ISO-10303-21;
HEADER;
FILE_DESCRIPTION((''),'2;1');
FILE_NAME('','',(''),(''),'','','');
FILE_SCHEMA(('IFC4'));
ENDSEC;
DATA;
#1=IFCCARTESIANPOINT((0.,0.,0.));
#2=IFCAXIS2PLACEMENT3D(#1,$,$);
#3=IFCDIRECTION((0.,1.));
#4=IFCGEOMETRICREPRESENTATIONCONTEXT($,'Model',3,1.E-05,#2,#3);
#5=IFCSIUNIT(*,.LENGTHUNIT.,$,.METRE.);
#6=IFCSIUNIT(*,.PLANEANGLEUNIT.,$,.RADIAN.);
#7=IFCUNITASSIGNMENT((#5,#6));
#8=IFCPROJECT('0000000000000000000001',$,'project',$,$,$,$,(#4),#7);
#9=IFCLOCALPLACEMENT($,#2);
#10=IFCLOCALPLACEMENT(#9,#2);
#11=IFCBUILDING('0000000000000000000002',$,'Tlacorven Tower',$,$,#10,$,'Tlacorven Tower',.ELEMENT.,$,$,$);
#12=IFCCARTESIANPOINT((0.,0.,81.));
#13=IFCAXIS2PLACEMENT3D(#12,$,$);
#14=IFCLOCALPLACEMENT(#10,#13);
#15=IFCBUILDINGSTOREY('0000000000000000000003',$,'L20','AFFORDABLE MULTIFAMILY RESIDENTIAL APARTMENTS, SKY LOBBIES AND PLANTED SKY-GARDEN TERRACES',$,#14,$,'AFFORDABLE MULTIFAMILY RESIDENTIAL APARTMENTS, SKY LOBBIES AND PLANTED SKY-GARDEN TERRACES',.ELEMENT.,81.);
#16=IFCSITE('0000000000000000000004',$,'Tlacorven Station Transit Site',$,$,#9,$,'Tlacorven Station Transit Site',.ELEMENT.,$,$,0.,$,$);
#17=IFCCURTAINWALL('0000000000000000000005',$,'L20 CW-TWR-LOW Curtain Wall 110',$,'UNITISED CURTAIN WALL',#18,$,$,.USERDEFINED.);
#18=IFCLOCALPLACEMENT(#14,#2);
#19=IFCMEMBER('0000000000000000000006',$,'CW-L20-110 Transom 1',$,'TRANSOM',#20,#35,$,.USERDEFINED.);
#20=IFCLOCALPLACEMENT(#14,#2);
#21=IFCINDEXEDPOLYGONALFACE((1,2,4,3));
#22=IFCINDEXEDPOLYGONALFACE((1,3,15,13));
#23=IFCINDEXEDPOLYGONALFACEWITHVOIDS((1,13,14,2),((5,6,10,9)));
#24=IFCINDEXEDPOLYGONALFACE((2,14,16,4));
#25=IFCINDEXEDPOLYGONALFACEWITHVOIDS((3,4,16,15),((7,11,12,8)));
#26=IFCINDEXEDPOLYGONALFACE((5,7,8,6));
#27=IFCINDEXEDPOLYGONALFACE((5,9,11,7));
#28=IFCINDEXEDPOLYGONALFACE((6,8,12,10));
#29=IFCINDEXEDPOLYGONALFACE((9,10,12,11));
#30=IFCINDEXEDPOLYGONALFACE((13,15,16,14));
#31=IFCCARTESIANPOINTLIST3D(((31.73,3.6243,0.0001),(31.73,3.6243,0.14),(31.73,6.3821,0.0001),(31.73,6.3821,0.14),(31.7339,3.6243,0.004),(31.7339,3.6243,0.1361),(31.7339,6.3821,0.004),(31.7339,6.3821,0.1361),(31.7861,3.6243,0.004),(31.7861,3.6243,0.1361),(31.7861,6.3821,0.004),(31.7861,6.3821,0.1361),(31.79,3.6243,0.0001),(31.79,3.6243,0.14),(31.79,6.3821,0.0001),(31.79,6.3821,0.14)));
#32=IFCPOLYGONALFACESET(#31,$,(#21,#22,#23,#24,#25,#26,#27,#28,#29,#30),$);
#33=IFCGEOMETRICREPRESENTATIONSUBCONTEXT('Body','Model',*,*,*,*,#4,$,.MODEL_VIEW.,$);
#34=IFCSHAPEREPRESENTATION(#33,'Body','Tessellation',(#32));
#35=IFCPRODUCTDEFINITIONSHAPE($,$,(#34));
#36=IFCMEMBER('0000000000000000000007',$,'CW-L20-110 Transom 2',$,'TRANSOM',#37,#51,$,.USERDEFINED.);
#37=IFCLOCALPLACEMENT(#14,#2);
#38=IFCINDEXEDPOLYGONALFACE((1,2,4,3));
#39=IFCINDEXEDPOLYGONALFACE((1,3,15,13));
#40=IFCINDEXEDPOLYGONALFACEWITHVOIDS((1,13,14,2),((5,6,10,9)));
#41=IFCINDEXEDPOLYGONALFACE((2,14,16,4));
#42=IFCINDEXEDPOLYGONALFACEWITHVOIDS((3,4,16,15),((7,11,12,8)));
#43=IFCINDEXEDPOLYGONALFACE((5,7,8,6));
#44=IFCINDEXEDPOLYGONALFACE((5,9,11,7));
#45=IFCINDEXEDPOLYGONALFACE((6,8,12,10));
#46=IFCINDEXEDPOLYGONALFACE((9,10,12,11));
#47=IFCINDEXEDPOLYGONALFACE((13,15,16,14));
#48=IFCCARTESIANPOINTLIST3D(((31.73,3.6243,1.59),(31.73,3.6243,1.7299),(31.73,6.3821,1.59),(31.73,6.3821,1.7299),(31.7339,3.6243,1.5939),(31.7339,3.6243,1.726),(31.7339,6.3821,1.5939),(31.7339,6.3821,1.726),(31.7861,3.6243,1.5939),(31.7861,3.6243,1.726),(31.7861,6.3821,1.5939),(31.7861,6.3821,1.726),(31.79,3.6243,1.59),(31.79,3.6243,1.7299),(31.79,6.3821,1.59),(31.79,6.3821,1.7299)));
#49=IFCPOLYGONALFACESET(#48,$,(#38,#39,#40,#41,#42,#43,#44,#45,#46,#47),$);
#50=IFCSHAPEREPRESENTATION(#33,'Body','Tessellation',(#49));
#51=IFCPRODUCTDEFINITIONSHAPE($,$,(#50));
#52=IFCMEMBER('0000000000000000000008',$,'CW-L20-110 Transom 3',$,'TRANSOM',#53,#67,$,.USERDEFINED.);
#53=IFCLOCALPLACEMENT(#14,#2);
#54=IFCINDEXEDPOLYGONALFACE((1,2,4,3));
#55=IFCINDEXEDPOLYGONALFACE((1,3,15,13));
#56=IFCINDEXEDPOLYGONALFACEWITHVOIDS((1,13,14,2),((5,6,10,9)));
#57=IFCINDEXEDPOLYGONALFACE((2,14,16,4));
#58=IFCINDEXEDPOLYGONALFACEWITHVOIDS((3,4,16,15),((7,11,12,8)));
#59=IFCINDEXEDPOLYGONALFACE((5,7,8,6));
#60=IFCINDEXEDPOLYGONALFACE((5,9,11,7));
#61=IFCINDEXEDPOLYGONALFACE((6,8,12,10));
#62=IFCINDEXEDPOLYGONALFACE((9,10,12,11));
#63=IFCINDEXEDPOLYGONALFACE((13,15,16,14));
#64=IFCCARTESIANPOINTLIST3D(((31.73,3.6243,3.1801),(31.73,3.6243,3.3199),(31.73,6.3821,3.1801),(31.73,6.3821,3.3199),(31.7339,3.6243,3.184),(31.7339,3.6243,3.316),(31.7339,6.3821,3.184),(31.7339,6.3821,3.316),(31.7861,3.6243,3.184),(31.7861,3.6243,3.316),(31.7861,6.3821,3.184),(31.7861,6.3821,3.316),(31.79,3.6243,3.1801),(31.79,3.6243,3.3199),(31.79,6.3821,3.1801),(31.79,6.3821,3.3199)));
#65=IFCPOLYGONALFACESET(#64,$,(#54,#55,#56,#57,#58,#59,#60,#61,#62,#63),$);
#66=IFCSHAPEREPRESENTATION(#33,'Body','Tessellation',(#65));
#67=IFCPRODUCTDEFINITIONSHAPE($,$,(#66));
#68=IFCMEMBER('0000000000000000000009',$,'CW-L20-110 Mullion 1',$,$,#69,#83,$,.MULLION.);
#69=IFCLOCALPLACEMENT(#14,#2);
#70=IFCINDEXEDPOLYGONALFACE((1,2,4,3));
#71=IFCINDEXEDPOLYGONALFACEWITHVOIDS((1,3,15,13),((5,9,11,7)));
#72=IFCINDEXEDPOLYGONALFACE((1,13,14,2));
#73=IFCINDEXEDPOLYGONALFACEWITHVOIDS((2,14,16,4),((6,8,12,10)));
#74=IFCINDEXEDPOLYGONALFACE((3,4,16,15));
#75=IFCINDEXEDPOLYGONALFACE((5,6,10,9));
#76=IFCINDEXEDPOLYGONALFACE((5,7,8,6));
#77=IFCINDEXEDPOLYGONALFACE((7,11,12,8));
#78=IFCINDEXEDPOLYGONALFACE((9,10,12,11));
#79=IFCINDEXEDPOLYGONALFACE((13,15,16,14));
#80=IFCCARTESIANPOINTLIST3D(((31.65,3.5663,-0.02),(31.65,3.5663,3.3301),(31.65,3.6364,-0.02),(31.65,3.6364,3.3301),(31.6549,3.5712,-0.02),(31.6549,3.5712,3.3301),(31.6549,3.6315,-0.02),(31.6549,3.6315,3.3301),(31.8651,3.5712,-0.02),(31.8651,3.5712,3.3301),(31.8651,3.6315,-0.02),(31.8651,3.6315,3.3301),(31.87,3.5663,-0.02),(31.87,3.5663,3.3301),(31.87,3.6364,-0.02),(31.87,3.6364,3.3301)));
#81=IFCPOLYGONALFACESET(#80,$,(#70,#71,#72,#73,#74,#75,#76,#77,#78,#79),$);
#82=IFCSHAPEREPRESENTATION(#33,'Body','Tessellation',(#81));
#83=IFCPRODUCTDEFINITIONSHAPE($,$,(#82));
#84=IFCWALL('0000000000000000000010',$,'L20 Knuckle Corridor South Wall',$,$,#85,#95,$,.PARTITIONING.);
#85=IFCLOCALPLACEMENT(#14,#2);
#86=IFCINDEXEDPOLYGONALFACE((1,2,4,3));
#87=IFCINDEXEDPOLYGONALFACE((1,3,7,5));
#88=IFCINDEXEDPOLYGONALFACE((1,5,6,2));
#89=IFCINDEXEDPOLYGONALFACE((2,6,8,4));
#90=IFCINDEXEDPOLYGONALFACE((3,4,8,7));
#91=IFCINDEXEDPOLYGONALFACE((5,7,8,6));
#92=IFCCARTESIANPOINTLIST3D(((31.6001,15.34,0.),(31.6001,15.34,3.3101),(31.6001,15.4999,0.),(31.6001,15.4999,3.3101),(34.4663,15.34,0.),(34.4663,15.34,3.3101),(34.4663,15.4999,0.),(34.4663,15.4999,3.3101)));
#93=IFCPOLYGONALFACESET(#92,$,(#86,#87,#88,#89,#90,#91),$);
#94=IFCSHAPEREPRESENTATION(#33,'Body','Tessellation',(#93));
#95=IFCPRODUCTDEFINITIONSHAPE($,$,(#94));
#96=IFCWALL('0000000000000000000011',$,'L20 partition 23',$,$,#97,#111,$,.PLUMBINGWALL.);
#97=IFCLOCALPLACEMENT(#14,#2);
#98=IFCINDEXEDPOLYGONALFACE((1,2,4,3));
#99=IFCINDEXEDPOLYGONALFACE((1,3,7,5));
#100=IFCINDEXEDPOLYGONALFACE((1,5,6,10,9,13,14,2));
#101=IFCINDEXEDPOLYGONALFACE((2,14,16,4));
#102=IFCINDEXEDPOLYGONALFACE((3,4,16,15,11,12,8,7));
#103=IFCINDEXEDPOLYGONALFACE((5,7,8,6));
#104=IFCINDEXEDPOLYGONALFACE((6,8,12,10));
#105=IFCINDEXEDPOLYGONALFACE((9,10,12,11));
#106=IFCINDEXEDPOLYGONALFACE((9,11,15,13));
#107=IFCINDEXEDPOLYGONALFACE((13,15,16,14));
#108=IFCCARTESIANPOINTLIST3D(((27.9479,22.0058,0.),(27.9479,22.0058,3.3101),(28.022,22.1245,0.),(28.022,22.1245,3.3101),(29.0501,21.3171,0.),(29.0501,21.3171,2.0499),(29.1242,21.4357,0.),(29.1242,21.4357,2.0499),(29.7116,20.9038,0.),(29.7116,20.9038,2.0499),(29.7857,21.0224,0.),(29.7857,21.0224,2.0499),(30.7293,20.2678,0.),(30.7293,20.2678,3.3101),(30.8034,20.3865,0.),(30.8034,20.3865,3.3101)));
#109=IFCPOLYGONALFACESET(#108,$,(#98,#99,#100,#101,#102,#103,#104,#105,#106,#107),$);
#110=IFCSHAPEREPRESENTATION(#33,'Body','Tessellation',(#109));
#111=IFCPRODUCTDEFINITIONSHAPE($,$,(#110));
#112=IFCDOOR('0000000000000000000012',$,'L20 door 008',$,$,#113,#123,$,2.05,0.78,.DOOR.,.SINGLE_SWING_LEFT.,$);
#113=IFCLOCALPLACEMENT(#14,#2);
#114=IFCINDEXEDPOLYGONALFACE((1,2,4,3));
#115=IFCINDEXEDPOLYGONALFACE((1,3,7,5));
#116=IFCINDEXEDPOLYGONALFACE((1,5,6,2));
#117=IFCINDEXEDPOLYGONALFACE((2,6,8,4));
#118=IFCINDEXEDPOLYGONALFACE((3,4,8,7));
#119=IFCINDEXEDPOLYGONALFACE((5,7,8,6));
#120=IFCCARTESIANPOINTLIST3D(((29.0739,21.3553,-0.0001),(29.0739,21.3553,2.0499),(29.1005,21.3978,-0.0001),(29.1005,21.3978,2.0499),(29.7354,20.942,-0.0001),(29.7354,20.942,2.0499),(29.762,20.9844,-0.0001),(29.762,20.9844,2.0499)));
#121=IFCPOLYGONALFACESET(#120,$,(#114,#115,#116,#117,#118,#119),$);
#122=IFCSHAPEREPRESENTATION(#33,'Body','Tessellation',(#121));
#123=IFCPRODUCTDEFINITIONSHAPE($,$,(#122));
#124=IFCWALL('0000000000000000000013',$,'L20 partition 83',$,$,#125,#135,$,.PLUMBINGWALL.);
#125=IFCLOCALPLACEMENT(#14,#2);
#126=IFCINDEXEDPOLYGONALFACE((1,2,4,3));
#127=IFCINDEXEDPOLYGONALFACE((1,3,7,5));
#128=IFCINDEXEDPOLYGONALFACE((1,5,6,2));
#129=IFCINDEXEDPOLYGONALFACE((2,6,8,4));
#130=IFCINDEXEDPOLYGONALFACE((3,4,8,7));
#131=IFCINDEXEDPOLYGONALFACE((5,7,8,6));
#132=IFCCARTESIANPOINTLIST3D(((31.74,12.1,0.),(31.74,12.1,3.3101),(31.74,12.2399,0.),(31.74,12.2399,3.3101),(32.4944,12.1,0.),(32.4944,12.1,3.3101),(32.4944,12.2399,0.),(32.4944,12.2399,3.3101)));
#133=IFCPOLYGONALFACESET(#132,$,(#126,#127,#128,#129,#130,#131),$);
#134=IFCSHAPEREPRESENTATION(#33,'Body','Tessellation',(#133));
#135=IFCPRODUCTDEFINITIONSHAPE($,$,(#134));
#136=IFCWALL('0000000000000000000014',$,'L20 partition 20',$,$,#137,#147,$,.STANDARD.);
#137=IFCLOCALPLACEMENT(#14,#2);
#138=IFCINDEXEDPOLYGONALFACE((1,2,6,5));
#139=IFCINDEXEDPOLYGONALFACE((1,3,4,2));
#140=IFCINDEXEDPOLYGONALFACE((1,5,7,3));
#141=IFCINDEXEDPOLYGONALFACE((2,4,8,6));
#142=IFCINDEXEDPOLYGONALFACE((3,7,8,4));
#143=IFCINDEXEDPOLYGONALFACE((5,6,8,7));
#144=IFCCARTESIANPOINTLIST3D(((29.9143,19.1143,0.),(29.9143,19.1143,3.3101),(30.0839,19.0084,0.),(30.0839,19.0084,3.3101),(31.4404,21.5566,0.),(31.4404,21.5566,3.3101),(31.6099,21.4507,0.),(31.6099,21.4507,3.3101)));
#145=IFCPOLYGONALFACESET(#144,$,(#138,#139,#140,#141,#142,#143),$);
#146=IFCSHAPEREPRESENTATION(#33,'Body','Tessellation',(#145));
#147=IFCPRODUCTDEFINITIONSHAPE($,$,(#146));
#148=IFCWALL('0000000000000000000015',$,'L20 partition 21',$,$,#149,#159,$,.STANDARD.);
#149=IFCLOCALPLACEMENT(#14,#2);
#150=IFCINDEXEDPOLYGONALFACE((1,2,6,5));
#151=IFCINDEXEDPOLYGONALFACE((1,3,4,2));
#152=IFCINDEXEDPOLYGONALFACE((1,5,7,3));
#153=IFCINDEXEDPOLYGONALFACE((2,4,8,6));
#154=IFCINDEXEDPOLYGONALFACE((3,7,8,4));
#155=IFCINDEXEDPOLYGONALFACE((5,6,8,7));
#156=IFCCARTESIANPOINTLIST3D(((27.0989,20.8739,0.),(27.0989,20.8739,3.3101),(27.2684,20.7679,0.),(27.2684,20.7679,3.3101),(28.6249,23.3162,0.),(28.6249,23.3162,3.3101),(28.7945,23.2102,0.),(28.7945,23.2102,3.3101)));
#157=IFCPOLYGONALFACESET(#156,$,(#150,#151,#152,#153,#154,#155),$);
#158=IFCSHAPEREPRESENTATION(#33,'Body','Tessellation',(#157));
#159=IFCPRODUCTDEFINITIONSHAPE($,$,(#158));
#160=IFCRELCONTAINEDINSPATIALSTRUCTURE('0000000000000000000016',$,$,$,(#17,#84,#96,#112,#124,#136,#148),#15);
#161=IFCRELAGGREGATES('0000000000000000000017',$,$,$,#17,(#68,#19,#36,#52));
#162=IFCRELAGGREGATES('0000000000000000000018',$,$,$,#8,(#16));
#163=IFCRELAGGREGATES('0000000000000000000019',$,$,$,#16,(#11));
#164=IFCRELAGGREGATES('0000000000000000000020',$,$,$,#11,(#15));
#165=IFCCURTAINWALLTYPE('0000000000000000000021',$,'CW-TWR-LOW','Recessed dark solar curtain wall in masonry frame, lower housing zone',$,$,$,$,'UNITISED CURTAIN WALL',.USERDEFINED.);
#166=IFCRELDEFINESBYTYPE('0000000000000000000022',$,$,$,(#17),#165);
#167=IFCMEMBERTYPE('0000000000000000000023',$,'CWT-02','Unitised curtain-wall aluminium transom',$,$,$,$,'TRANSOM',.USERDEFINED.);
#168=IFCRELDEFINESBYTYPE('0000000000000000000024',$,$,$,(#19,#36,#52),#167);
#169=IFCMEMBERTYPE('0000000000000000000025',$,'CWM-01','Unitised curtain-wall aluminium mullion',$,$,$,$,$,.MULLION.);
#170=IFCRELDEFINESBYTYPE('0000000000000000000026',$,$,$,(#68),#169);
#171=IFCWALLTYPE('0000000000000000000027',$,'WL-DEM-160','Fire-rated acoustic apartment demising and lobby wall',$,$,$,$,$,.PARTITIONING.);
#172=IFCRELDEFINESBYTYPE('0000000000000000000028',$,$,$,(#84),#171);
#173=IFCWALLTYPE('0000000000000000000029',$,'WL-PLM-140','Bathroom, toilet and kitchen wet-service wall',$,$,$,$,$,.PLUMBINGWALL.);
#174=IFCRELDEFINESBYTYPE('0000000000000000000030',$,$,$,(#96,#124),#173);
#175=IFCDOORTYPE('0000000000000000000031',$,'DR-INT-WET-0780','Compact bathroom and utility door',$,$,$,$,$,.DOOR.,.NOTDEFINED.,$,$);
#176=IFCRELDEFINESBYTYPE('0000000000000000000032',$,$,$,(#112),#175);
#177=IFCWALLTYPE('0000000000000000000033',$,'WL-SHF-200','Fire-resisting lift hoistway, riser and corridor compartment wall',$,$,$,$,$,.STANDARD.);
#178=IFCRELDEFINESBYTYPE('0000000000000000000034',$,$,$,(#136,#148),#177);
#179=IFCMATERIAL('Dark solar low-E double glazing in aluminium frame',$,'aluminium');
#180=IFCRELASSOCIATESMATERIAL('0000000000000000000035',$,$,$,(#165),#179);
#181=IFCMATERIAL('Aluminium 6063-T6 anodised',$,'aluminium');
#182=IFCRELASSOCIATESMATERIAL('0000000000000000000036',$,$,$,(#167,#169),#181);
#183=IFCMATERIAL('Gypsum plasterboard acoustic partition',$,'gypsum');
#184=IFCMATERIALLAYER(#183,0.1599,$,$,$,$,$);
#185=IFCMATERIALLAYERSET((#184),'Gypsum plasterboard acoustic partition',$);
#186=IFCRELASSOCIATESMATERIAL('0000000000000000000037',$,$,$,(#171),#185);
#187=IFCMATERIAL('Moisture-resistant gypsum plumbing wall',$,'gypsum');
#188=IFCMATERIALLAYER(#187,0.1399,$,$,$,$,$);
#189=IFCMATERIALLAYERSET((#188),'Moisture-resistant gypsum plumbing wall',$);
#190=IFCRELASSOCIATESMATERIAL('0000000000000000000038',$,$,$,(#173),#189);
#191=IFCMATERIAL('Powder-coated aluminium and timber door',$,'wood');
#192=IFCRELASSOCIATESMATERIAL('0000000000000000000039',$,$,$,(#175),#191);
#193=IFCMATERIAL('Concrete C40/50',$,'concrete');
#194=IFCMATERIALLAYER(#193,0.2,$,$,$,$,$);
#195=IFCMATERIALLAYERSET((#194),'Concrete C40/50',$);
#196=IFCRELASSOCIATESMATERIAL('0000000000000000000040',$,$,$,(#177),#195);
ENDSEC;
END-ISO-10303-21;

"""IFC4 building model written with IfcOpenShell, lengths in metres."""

from ifc_helpers import new_model, si_unit, direction, frame, frame_2d, origin, origin_2d, place, context, subcontext, project, spatial, rectangle, hollow_rectangle, extrude, source, transform, mapped, material, layer, layer_set, material_profile, profile_set, type_object, element, fill, aggregate, save


model = new_model("IFC4")

# Units and contexts
model_context = context("Model", 3, precision=1e-05, world=origin(), true_north=direction((0.0, 1.0)))
body_context = subcontext(model_context, "Body", "Model", "MODEL_VIEW")
ifc_project = project(units=[si_unit("LENGTHUNIT", "METRE"), si_unit("PLANEANGLEUNIT", "RADIAN")], contexts=[model_context])

# Site, building, storey
site_placement = place(None, origin())
site = spatial("IfcSite", under=ifc_project, at=site_placement, Name="Tlacorven Station Transit Site", LongName="Tlacorven Station Transit Site", CompositionType="ELEMENT", RefElevation=0.0)
building_placement = place(site_placement, origin())
building = spatial("IfcBuilding", under=site, at=building_placement, Name="Tlacorven Tower", LongName="Tlacorven Tower", CompositionType="ELEMENT")
storey_placement = place(building_placement, frame((0.0, 0.0, 81.0)))
storey = spatial("IfcBuildingStorey", under=building, at=storey_placement, Name="L20", Description="AFFORDABLE MULTIFAMILY RESIDENTIAL APARTMENTS, SKY LOBBIES AND PLANTED SKY-GARDEN TERRACES", LongName="AFFORDABLE MULTIFAMILY RESIDENTIAL APARTMENTS, SKY LOBBIES AND PLANTED SKY-GARDEN TERRACES", CompositionType="ELEMENT", Elevation=81.0)

# Curtain wall, members
ifc_material_1 = material(Name="Dark solar low-E double glazing in aluminium frame", Category="aluminium")
curtain_wall_type = type_object("IfcCurtainWallType", Name="CW-TWR-LOW", Description="Recessed dark solar curtain wall in masonry frame, lower housing zone", ElementType="UNITISED CURTAIN WALL", PredefinedType="USERDEFINED", material=ifc_material_1)
curtain_wall_placement = place(storey_placement, origin())
curtain_wall = element("IfcCurtainWall", 1, at=curtain_wall_placement, inside=storey, type_object=curtain_wall_type, Name="L20 CW-TWR-LOW Curtain Wall 110", ObjectType="UNITISED CURTAIN WALL", PredefinedType="USERDEFINED")
ifc_material_2 = material(Name="Aluminium 6063-T6 anodised", Category="aluminium")
ifc_material_profile_1 = material_profile(ifc_material_2, hollow_rectangle(XDim=0.0601, YDim=0.1399, WallThickness=0.0039, at=origin_2d()), Name="ALU TRANSOM 60X140")
ifc_profile_set_1 = profile_set([ifc_material_profile_1], Name="Aluminium 6063-T6 anodised")
member_type_1 = type_object("IfcMemberType", Name="CWT-02", Description="Unitised curtain-wall aluminium transom", ElementType="TRANSOM", PredefinedType="USERDEFINED", material=ifc_profile_set_1)
shared_shape_1 = source(origin(), body_context, "Body", "SweptSolid", [
    extrude(hollow_rectangle(XDim=0.0601, YDim=0.1399, WallThickness=0.0039, at=origin_2d()), origin(), (0.0, 0.0, 1.0), 2.7578),
])
member_1_placement = place(storey_placement, frame((31.76, 3.6243, 0.0701), z_axis=(0.0, 1.0, 0.0), x_axis=(-1.0, 0.0, 0.0)))
member_1 = element("IfcMember", 2, at=member_1_placement, type_object=member_type_1, Name="CW-L20-110 Transom 1", ObjectType="TRANSOM", PredefinedType="USERDEFINED", context=body_context, shape_type="MappedRepresentation", body=[
    mapped(shared_shape_1, transform((0.0, 0.0, 0.0), scale=1.0)),
])
member_2_placement = place(storey_placement, frame((31.76, 3.6243, 1.6599), z_axis=(0.0, 1.0, 0.0), x_axis=(-1.0, 0.0, 0.0)))
member_2 = element("IfcMember", 3, at=member_2_placement, type_object=member_type_1, Name="CW-L20-110 Transom 2", ObjectType="TRANSOM", PredefinedType="USERDEFINED", context=body_context, shape_type="MappedRepresentation", body=[
    mapped(shared_shape_1, transform((0.0, 0.0, 0.0), scale=1.0)),
])
member_3_placement = place(storey_placement, frame((31.76, 3.6243, 3.25), z_axis=(0.0, 1.0, 0.0), x_axis=(-1.0, 0.0, 0.0)))
member_3 = element("IfcMember", 4, at=member_3_placement, type_object=member_type_1, Name="CW-L20-110 Transom 3", ObjectType="TRANSOM", PredefinedType="USERDEFINED", context=body_context, shape_type="MappedRepresentation", body=[
    mapped(shared_shape_1, transform((0.0, 0.0, 0.0), scale=1.0)),
])
ifc_material_profile_2 = material_profile(ifc_material_2, hollow_rectangle(XDim=0.0701, YDim=0.22, WallThickness=0.0049, at=origin_2d()), Name="ALU MULLION 70X220")
ifc_profile_set_2 = profile_set([ifc_material_profile_2], Name="Aluminium 6063-T6 anodised")
member_type_2 = type_object("IfcMemberType", Name="CWM-01", Description="Unitised curtain-wall aluminium mullion", PredefinedType="MULLION", material=ifc_profile_set_2)
shared_shape_2 = source(origin(), body_context, "Body", "SweptSolid", [
    extrude(hollow_rectangle(XDim=0.0701, YDim=0.22, WallThickness=0.0049, at=origin_2d()), origin(), (0.0, 0.0, 1.0), 3.3501),
])
member_4_placement = place(storey_placement, frame((31.76, 3.6013, -0.02), z_axis=(0.0, 0.0, 1.0), x_axis=(0.0, 1.0, 0.0)))
member_4 = element("IfcMember", 5, at=member_4_placement, type_object=member_type_2, Name="CW-L20-110 Mullion 1", PredefinedType="MULLION", context=body_context, shape_type="MappedRepresentation", body=[
    mapped(shared_shape_2, transform((0.0, 0.0, 0.0), scale=1.0)),
])
aggregate(curtain_wall, [member_4, member_1, member_2, member_3])

# Wall
ifc_material_3 = material(Name="Gypsum plasterboard acoustic partition", Category="gypsum")
ifc_layer_1 = layer(ifc_material_3, 0.1599)
ifc_layer_set_1 = layer_set([ifc_layer_1], Name="Gypsum plasterboard acoustic partition")
wall_type_1 = type_object("IfcWallType", Name="WL-DEM-160", Description="Fire-rated acoustic apartment demising and lobby wall", PredefinedType="PARTITIONING", material=ifc_layer_set_1)
wall_1_placement = place(storey_placement, frame((31.6001, 15.4199, 0.0), z_axis=(0.0, 0.0, 1.0), x_axis=(1.0, 0.0, 0.0)))
element("IfcWall", 6, at=wall_1_placement, inside=storey, type_object=wall_type_1, Name="L20 Knuckle Corridor South Wall", PredefinedType="PARTITIONING", context=body_context, shape_type="SweptSolid", body=[
    extrude(rectangle(XDim=2.8662, YDim=0.1599, at=frame_2d((1.4331, 0.0))), origin(), (0.0, 0.0, 1.0), 3.3101),
])

# Wall, opening, door
ifc_material_4 = material(Name="Moisture-resistant gypsum plumbing wall", Category="gypsum")
ifc_layer_2 = layer(ifc_material_4, 0.1399)
ifc_layer_set_2 = layer_set([ifc_layer_2], Name="Moisture-resistant gypsum plumbing wall")
wall_type_2 = type_object("IfcWallType", Name="WL-PLM-140", Description="Bathroom, toilet and kitchen wet-service wall", PredefinedType="PLUMBINGWALL", material=ifc_layer_set_2)
wall_2_placement = place(storey_placement, frame((30.7664, 20.3271, 0.0), z_axis=(0.0, 0.0, 1.0), x_axis=(-0.848053, 0.529912, 0.0)))
wall_2 = element("IfcWall", 7, at=wall_2_placement, inside=storey, type_object=wall_type_2, Name="L20 partition 23", PredefinedType="PLUMBINGWALL", context=body_context, shape_type="SweptSolid", body=[
    extrude(rectangle(XDim=3.2798, YDim=0.1399, at=frame_2d((1.6399, 0.0))), origin(), (0.0, 0.0, 1.0), 3.3101),
])
opening_1_placement = place(wall_2_placement, frame((1.2, 0.0, 0.0)))
opening_1 = element("IfcOpeningElement", 8, at=opening_1_placement, cuts=wall_2, PredefinedType="OPENING", context=body_context, shape_type="SweptSolid", body=[
    extrude(rectangle(XDim=0.78, YDim=2.05, at=frame_2d((0.3901, 1.0249))), frame((0.0, 0.0801, 0.0), z_axis=(0.0, -1.0, 0.0), x_axis=(1.0, 0.0, 0.0)), (0.0, 0.0, 1.0), 0.1599),
])
ifc_material_5 = material(Name="Powder-coated aluminium and timber door", Category="wood")
door_type_1 = type_object("IfcDoorType", Name="DR-INT-WET-0780", Description="Compact bathroom and utility door", OperationType="NOTDEFINED", PredefinedType="DOOR", material=ifc_material_5)
shared_shape_3 = source(origin(), body_context, "Body", "SweptSolid", [
    extrude(rectangle(XDim=0.78, YDim=2.05, at=frame_2d((0.3901, 1.0249))), frame((0.0, 0.0249, 0.0), z_axis=(0.0, -1.0, 0.0), x_axis=(1.0, 0.0, 0.0)), (0.0, 0.0, 1.0), 0.05),
])
door_1_placement = place(opening_1_placement, origin())
door_1 = element("IfcDoor", 9, at=door_1_placement, inside=storey, type_object=door_type_1, Name="L20 door 008", OperationType="SINGLE_SWING_LEFT", OverallHeight=2.05, OverallWidth=0.78, PredefinedType="DOOR", context=body_context, shape_type="MappedRepresentation", body=[
    mapped(shared_shape_3, transform((0.0, 0.0, 0.0), scale=1.0)),
])
fill(opening_1, door_1)

# Walls
wall_3_placement = place(storey_placement, frame((31.74, 12.1699, 0.0), z_axis=(0.0, 0.0, 1.0), x_axis=(1.0, 0.0, 0.0)))
element("IfcWall", 10, at=wall_3_placement, inside=storey, type_object=wall_type_2, Name="L20 partition 83", PredefinedType="PLUMBINGWALL", context=body_context, shape_type="SweptSolid", body=[
    extrude(rectangle(XDim=0.7544, YDim=0.1399, at=frame_2d((0.3772, 0.0))), origin(), (0.0, 0.0, 1.0), 3.3101),
])
ifc_material_6 = material(Name="Concrete C40/50", Category="concrete")
ifc_layer_3 = layer(ifc_material_6, 0.2)
ifc_layer_set_3 = layer_set([ifc_layer_3], Name="Concrete C40/50")
wall_type_3 = type_object("IfcWallType", Name="WL-SHF-200", Description="Fire-resisting lift hoistway, riser and corridor compartment wall", PredefinedType="STANDARD", material=ifc_layer_set_3)
for number, where, z_axis, x_axis, name in (
    (11, (31.5251, 21.5037, 0.0), (0.0, 0.0, 1.0), (-0.529907, -0.848055, 0.0), "L20 partition 20"),
    (12, (28.7097, 23.2632, 0.0), (0.0, 0.0, 1.0), (-0.529907, -0.848055, 0.0), "L20 partition 21"),
):
    element("IfcWall", number, at=place(storey_placement, frame(where, z_axis=z_axis, x_axis=x_axis)), inside=storey, type_object=wall_type_3, Name=name, PredefinedType="STANDARD", context=body_context, shape_type="SweptSolid", body=[
        extrude(rectangle(XDim=2.8799, YDim=0.2, at=frame_2d((1.4399, 0.0))), origin(), (0.0, 0.0, 1.0), 3.3101),
    ])

save(model, "model.ifc")
